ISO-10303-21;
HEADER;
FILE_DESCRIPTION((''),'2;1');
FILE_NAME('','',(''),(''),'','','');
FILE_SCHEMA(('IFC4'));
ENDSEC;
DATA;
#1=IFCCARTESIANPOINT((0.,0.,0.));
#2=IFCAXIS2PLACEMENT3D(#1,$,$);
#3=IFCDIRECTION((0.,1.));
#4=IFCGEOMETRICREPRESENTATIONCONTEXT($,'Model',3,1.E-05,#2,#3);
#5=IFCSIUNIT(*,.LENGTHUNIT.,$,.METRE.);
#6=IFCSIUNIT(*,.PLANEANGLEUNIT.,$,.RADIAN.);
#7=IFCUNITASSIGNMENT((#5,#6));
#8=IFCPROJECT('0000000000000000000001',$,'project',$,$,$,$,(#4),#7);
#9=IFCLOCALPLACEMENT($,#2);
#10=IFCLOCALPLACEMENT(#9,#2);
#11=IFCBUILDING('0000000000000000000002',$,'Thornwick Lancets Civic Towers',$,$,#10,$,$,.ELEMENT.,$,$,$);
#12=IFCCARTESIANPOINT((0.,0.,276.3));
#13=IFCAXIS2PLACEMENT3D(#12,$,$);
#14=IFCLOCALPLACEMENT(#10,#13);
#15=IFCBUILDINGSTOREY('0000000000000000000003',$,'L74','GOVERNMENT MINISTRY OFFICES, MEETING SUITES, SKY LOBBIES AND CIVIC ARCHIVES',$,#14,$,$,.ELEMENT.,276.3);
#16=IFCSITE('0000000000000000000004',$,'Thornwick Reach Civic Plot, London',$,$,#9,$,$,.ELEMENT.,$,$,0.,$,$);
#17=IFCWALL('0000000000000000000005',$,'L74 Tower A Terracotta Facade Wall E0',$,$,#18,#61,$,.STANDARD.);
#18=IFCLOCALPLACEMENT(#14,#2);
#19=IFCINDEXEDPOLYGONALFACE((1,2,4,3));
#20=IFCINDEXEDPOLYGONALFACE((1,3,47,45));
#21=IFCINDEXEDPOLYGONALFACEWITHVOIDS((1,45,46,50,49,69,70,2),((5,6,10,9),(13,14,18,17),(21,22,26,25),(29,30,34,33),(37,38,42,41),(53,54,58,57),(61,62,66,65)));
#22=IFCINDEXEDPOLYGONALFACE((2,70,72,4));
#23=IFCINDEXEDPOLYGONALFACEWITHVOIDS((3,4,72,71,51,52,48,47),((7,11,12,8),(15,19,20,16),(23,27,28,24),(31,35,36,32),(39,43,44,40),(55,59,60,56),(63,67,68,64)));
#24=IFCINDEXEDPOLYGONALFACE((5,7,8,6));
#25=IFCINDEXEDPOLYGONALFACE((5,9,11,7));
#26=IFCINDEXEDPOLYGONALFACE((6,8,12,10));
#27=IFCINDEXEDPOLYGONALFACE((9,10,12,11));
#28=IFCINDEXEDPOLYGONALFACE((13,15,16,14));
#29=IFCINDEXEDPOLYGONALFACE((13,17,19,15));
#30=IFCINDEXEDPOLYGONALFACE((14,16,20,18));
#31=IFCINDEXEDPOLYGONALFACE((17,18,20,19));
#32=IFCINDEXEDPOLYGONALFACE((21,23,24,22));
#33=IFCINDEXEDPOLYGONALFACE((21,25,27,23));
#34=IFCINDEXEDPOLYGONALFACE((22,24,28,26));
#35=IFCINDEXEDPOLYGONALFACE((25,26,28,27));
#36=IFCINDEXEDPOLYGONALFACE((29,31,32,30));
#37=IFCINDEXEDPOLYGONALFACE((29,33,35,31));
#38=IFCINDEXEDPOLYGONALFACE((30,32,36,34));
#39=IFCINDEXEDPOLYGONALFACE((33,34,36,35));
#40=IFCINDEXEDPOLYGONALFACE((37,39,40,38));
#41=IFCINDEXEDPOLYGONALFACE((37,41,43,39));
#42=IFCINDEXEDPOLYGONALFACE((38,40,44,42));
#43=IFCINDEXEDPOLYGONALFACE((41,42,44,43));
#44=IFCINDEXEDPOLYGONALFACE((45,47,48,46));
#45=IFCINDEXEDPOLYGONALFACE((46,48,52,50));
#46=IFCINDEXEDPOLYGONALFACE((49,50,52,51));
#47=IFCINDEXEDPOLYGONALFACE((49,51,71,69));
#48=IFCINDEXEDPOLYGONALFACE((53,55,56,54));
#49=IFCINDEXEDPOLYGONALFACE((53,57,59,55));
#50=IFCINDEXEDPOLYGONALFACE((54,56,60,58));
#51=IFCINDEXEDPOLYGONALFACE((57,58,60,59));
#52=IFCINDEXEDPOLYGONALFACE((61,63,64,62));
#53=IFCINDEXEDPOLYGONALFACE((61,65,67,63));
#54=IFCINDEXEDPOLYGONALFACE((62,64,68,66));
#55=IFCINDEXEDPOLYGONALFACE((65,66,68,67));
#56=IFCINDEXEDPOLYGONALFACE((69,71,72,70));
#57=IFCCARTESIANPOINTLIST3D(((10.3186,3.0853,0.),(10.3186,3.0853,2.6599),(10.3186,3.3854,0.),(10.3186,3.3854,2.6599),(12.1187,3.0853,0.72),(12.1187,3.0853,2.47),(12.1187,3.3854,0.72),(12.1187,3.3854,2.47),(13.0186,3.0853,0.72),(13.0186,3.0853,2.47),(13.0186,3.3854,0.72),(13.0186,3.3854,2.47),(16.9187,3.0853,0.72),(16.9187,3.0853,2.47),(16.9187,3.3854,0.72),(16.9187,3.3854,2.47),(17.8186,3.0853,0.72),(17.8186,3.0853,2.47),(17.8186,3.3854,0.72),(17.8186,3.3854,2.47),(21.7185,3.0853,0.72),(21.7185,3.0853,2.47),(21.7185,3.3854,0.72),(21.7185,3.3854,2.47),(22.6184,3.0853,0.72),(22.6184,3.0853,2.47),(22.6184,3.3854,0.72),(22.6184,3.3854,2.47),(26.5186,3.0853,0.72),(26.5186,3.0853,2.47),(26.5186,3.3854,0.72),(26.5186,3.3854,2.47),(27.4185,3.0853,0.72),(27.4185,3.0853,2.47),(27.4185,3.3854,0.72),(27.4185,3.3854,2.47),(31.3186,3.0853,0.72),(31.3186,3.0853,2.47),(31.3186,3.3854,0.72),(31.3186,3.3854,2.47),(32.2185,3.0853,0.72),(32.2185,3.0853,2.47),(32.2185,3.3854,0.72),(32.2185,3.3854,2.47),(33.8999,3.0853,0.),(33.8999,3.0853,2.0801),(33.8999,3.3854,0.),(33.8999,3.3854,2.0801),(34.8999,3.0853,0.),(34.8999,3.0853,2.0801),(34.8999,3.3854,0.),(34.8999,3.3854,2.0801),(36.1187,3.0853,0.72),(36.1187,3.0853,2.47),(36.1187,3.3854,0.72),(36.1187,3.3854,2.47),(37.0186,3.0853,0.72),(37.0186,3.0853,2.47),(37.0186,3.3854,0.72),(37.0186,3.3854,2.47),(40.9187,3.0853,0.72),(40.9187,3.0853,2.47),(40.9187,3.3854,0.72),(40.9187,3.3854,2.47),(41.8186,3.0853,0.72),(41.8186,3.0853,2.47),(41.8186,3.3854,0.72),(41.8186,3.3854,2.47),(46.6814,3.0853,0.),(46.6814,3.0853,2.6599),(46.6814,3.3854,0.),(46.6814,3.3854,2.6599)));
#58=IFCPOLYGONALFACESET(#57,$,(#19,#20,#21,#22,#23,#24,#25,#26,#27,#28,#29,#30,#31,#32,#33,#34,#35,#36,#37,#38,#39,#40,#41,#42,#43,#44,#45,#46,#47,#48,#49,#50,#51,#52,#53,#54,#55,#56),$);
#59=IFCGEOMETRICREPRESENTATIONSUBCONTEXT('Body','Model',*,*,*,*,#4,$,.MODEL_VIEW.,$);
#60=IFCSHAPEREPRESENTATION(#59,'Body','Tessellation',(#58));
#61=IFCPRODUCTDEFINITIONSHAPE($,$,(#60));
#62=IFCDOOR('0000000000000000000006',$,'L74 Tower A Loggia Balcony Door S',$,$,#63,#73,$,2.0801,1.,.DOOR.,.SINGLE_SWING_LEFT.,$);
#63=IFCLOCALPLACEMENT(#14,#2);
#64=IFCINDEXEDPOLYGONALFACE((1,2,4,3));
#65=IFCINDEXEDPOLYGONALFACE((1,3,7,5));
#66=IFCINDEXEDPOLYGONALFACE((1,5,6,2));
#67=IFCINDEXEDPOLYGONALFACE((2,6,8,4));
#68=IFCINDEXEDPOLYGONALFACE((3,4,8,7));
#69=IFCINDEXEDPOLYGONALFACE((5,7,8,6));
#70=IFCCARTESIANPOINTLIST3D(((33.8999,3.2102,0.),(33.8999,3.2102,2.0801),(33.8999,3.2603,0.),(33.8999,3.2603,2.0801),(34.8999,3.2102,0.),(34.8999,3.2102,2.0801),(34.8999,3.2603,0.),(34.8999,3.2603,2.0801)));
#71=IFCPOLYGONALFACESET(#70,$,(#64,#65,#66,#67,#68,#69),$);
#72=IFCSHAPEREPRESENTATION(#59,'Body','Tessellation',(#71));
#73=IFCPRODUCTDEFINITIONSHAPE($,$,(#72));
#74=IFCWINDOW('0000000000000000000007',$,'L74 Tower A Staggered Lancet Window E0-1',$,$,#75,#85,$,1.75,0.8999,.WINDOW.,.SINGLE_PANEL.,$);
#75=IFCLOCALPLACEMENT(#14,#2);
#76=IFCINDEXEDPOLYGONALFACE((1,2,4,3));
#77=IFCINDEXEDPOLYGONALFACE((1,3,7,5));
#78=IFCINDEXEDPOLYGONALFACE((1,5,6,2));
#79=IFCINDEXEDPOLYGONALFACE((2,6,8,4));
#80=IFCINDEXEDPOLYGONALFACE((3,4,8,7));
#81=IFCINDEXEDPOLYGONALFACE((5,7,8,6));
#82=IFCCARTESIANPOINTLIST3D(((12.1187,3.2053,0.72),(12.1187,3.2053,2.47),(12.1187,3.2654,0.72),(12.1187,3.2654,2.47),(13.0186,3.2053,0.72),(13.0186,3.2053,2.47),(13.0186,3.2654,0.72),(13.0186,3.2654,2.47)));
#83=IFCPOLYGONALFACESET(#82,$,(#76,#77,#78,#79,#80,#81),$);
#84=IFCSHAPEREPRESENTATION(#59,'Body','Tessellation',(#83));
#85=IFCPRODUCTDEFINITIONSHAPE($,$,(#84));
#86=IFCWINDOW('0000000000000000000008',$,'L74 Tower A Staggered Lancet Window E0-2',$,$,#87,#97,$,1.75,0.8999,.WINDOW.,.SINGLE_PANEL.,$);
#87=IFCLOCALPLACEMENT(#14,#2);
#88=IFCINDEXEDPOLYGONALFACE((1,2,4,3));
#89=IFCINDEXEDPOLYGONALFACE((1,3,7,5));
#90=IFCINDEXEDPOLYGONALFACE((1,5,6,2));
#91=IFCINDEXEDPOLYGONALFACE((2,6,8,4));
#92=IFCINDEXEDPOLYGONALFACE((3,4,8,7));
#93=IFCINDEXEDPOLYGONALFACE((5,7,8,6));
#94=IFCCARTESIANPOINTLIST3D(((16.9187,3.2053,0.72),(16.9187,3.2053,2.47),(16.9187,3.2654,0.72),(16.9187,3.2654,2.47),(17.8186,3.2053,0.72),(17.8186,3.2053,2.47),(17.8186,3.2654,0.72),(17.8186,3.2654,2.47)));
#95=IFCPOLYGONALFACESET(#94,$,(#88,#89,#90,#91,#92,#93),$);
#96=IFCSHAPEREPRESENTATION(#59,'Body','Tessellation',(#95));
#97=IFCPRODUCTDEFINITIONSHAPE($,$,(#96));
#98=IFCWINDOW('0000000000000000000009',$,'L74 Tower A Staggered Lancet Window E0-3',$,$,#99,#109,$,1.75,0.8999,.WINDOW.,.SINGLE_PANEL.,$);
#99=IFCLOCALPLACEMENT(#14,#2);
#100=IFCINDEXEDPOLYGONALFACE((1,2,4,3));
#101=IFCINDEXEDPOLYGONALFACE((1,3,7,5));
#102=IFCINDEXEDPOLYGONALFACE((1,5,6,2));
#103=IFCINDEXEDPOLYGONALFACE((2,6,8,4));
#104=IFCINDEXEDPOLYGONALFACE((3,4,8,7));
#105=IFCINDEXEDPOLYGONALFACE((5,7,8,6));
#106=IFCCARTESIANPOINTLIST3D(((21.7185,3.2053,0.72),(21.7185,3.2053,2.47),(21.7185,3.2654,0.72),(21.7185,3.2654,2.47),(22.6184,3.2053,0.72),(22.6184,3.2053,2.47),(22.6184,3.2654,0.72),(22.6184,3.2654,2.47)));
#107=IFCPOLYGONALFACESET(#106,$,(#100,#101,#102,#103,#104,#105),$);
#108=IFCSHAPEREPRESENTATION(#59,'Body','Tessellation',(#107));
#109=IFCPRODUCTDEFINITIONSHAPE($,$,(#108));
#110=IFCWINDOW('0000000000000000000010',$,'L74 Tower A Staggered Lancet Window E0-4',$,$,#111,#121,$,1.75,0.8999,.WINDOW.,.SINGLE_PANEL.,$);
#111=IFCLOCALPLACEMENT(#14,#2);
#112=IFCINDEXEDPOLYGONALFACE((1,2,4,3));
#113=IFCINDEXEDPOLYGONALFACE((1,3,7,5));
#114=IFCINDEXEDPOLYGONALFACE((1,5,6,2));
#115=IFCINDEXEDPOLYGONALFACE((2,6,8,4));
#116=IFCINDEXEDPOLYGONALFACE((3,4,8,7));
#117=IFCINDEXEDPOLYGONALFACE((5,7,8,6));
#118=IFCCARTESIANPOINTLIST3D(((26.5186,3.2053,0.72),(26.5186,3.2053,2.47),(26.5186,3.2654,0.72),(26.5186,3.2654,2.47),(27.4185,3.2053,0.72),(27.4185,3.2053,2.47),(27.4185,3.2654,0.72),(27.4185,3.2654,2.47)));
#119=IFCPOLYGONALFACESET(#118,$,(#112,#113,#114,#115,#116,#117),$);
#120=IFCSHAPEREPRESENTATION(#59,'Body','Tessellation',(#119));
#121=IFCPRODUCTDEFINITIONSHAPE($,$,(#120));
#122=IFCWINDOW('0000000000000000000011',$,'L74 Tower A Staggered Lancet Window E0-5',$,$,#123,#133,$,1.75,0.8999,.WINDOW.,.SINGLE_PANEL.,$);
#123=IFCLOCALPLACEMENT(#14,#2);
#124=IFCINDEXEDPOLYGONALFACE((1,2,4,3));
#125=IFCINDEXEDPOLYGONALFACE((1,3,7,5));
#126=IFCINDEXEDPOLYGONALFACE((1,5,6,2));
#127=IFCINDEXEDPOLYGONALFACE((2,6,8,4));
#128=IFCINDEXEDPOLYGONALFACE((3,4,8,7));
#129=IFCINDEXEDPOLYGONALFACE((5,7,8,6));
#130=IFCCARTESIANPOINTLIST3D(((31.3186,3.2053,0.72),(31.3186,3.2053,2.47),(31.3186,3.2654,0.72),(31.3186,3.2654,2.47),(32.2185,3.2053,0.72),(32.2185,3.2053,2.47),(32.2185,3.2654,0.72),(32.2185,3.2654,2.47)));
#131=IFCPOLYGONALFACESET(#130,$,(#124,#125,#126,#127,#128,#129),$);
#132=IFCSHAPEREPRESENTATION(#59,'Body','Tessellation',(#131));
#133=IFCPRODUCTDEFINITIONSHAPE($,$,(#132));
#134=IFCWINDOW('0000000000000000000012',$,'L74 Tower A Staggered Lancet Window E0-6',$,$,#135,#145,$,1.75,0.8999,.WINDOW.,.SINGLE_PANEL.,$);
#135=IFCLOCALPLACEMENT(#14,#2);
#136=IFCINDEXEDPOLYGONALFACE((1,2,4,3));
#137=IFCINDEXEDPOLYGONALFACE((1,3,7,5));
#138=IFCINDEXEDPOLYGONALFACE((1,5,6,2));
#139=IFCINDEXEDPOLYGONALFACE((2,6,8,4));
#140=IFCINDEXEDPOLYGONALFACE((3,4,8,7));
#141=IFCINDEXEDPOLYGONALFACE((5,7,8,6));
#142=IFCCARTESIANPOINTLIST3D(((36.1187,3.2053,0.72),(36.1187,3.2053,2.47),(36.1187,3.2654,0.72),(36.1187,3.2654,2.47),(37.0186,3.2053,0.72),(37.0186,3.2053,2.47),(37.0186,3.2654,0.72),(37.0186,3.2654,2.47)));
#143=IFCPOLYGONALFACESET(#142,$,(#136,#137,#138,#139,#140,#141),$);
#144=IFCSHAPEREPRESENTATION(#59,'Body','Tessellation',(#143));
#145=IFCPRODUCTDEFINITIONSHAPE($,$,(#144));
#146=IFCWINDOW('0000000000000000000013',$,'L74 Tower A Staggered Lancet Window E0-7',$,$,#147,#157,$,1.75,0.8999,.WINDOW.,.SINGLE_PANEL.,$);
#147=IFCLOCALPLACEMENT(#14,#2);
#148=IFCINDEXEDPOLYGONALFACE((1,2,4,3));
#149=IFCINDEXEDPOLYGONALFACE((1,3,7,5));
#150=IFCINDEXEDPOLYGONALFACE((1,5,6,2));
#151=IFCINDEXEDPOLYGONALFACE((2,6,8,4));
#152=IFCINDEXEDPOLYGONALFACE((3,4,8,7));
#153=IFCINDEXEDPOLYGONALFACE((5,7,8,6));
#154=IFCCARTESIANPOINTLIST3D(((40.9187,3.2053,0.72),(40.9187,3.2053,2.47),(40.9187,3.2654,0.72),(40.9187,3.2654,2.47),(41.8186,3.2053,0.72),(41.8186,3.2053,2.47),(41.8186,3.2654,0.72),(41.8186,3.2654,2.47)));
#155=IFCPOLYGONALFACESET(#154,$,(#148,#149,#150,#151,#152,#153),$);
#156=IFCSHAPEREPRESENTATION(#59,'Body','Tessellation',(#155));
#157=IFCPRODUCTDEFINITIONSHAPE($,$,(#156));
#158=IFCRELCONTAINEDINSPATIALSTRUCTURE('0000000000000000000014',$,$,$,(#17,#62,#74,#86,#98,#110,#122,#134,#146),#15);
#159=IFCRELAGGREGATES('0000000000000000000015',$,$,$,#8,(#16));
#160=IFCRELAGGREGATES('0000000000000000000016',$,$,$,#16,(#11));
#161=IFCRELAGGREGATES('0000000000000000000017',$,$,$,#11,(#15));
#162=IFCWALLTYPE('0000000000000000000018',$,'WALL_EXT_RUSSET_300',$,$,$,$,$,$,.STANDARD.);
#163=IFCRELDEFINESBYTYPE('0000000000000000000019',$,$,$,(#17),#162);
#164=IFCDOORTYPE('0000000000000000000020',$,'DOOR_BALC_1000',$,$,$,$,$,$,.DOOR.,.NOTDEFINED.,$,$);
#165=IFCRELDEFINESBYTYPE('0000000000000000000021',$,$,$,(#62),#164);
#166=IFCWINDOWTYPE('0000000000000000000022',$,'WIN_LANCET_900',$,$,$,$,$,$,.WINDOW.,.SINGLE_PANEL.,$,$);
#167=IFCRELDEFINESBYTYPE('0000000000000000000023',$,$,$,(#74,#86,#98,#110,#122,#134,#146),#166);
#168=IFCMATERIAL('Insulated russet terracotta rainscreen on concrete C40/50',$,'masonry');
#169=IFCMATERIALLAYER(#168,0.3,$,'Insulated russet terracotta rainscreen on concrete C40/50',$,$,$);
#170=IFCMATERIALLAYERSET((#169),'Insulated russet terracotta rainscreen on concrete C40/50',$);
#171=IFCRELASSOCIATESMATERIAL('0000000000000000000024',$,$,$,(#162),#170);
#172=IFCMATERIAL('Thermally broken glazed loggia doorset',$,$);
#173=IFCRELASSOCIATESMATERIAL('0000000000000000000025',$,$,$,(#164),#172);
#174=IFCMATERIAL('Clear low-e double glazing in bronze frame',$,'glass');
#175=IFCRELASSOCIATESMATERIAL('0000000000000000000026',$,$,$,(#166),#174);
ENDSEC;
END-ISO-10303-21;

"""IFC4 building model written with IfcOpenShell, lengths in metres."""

from ifc_helpers import new_model, si_unit, direction, frame, frame_2d, origin, place, context, subcontext, project, spatial, rectangle, extrude, material, layer, layer_set, type_object, element, fill, save


model = new_model("IFC4")

# Units and contexts
model_context = context("Model", 3, precision=1e-05, world=origin(), true_north=direction((0.0, 1.0)))
body_context = subcontext(model_context, "Body", "Model", "MODEL_VIEW")
ifc_project = project(units=[si_unit("LENGTHUNIT", "METRE"), si_unit("PLANEANGLEUNIT", "RADIAN")], contexts=[model_context])

# Site, building, storey
site_placement = place(None, origin())
site = spatial("IfcSite", under=ifc_project, at=site_placement, Name="Thornwick Reach Civic Plot, London", CompositionType="ELEMENT", RefElevation=0.0)
building_placement = place(site_placement, origin())
building = spatial("IfcBuilding", under=site, at=building_placement, Name="Thornwick Lancets Civic Towers", CompositionType="ELEMENT")
storey_placement = place(building_placement, frame((0.0, 0.0, 276.3)))
storey = spatial("IfcBuildingStorey", under=building, at=storey_placement, Name="L74", Description="GOVERNMENT MINISTRY OFFICES, MEETING SUITES, SKY LOBBIES AND CIVIC ARCHIVES", CompositionType="ELEMENT", Elevation=276.3)

# Wall, openings, door, windows
ifc_material_1 = material(Name="Insulated russet terracotta rainscreen on concrete C40/50", Category="masonry")
ifc_layer_1 = layer(ifc_material_1, 0.3, Name="Insulated russet terracotta rainscreen on concrete C40/50")
ifc_layer_set_1 = layer_set([ifc_layer_1], Name="Insulated russet terracotta rainscreen on concrete C40/50")
wall_type_1 = type_object("IfcWallType", Name="WALL_EXT_RUSSET_300", PredefinedType="STANDARD", material=ifc_layer_set_1)
wall_1_placement = place(storey_placement, frame((10.3186, 3.2354, 0.0), z_axis=(0.0, 0.0, 1.0), x_axis=(1.0, 0.0, 0.0)))
wall_1 = element("IfcWall", 1, at=wall_1_placement, inside=storey, type_object=wall_type_1, Name="L74 Tower A Terracotta Facade Wall E0", PredefinedType="STANDARD", context=body_context, shape_type="SweptSolid", body=[
    extrude(rectangle(XDim=36.3628, YDim=0.3, at=frame_2d((18.1814, 0.0))), origin(), (0.0, 0.0, 1.0), 2.6599),
])
opening_1_placement = place(wall_1_placement, frame((23.5813, 0.0, 0.0)))
opening_1 = element("IfcOpeningElement", 2, at=opening_1_placement, cuts=wall_1, PredefinedType="OPENING", context=body_context, shape_type="SweptSolid", body=[
    extrude(rectangle(XDim=1.0, YDim=2.0801, at=frame_2d((0.5, 1.04))), frame((0.0, 0.1602, 0.0), z_axis=(0.0, -1.0, 0.0), x_axis=(1.0, 0.0, 0.0)), (0.0, 0.0, 1.0), 0.3201),
])
opening_2_placement = place(wall_1_placement, frame((1.8, 0.0, 0.72)))
opening_2 = element("IfcOpeningElement", 3, at=opening_2_placement, cuts=wall_1, PredefinedType="OPENING", context=body_context, shape_type="SweptSolid", body=[
    extrude(rectangle(XDim=0.8999, YDim=1.75, at=frame_2d((0.45, 0.875))), frame((0.0, 0.1602, 0.0), z_axis=(0.0, -1.0, 0.0), x_axis=(1.0, 0.0, 0.0)), (0.0, 0.0, 1.0), 0.3201),
])
opening_3_placement = place(wall_1_placement, frame((6.6001, 0.0, 0.72)))
opening_3 = element("IfcOpeningElement", 4, at=opening_3_placement, cuts=wall_1, PredefinedType="OPENING", context=body_context, shape_type="SweptSolid", body=[
    extrude(rectangle(XDim=0.8999, YDim=1.75, at=frame_2d((0.45, 0.875))), frame((0.0, 0.1602, 0.0), z_axis=(0.0, -1.0, 0.0), x_axis=(1.0, 0.0, 0.0)), (0.0, 0.0, 1.0), 0.3201),
])
opening_4_placement = place(wall_1_placement, frame((11.3999, 0.0, 0.72)))
opening_4 = element("IfcOpeningElement", 5, at=opening_4_placement, cuts=wall_1, PredefinedType="OPENING", context=body_context, shape_type="SweptSolid", body=[
    extrude(rectangle(XDim=0.8999, YDim=1.75, at=frame_2d((0.45, 0.875))), frame((0.0, 0.1602, 0.0), z_axis=(0.0, -1.0, 0.0), x_axis=(1.0, 0.0, 0.0)), (0.0, 0.0, 1.0), 0.3201),
])
opening_5_placement = place(wall_1_placement, frame((16.2, 0.0, 0.72)))
opening_5 = element("IfcOpeningElement", 6, at=opening_5_placement, cuts=wall_1, PredefinedType="OPENING", context=body_context, shape_type="SweptSolid", body=[
    extrude(rectangle(XDim=0.8999, YDim=1.75, at=frame_2d((0.45, 0.875))), frame((0.0, 0.1602, 0.0), z_axis=(0.0, -1.0, 0.0), x_axis=(1.0, 0.0, 0.0)), (0.0, 0.0, 1.0), 0.3201),
])
opening_6_placement = place(wall_1_placement, frame((21.0, 0.0, 0.72)))
opening_6 = element("IfcOpeningElement", 7, at=opening_6_placement, cuts=wall_1, PredefinedType="OPENING", context=body_context, shape_type="SweptSolid", body=[
    extrude(rectangle(XDim=0.8999, YDim=1.75, at=frame_2d((0.45, 0.875))), frame((0.0, 0.1602, 0.0), z_axis=(0.0, -1.0, 0.0), x_axis=(1.0, 0.0, 0.0)), (0.0, 0.0, 1.0), 0.3201),
])
opening_7_placement = place(wall_1_placement, frame((25.8, 0.0, 0.72)))
opening_7 = element("IfcOpeningElement", 8, at=opening_7_placement, cuts=wall_1, PredefinedType="OPENING", context=body_context, shape_type="SweptSolid", body=[
    extrude(rectangle(XDim=0.8999, YDim=1.75, at=frame_2d((0.45, 0.875))), frame((0.0, 0.1602, 0.0), z_axis=(0.0, -1.0, 0.0), x_axis=(1.0, 0.0, 0.0)), (0.0, 0.0, 1.0), 0.3201),
])
opening_8_placement = place(wall_1_placement, frame((30.6001, 0.0, 0.72)))
opening_8 = element("IfcOpeningElement", 9, at=opening_8_placement, cuts=wall_1, PredefinedType="OPENING", context=body_context, shape_type="SweptSolid", body=[
    extrude(rectangle(XDim=0.8999, YDim=1.75, at=frame_2d((0.45, 0.875))), frame((0.0, 0.1602, 0.0), z_axis=(0.0, -1.0, 0.0), x_axis=(1.0, 0.0, 0.0)), (0.0, 0.0, 1.0), 0.3201),
])
ifc_material_2 = material(Name="Thermally broken glazed loggia doorset")
door_type = type_object("IfcDoorType", Name="DOOR_BALC_1000", OperationType="NOTDEFINED", PredefinedType="DOOR", material=ifc_material_2)
door_placement = place(opening_1_placement, origin())
door = element("IfcDoor", 10, at=door_placement, inside=storey, type_object=door_type, Name="L74 Tower A Loggia Balcony Door S", OperationType="SINGLE_SWING_LEFT", OverallHeight=2.0801, OverallWidth=1.0, PredefinedType="DOOR", context=body_context, shape_type="SweptSolid", body=[
    extrude(rectangle(XDim=1.0, YDim=2.0801, at=frame_2d((0.5, 1.04))), frame((0.0, 0.0249, 0.0), z_axis=(0.0, -1.0, 0.0), x_axis=(1.0, 0.0, 0.0)), (0.0, 0.0, 1.0), 0.05),
])
fill(opening_1, door)
ifc_material_3 = material(Name="Clear low-e double glazing in bronze frame", Category="glass")
window_type = type_object("IfcWindowType", Name="WIN_LANCET_900", PartitioningType="SINGLE_PANEL", PredefinedType="WINDOW", material=ifc_material_3)
window_1_placement = place(opening_2_placement, origin())
window_1 = element("IfcWindow", 11, at=window_1_placement, inside=storey, type_object=window_type, Name="L74 Tower A Staggered Lancet Window E0-1", OverallHeight=1.75, OverallWidth=0.8999, PartitioningType="SINGLE_PANEL", PredefinedType="WINDOW", context=body_context, shape_type="SweptSolid", body=[
    extrude(rectangle(XDim=0.8999, YDim=1.75, at=frame_2d((0.45, 0.875))), frame((0.0, 0.03, 0.0), z_axis=(0.0, -1.0, 0.0), x_axis=(1.0, 0.0, 0.0)), (0.0, 0.0, 1.0), 0.0601),
])
fill(opening_2, window_1)
window_2_placement = place(opening_3_placement, origin())
window_2 = element("IfcWindow", 12, at=window_2_placement, inside=storey, type_object=window_type, Name="L74 Tower A Staggered Lancet Window E0-2", OverallHeight=1.75, OverallWidth=0.8999, PartitioningType="SINGLE_PANEL", PredefinedType="WINDOW", context=body_context, shape_type="SweptSolid", body=[
    extrude(rectangle(XDim=0.8999, YDim=1.75, at=frame_2d((0.45, 0.875))), frame((0.0, 0.03, 0.0), z_axis=(0.0, -1.0, 0.0), x_axis=(1.0, 0.0, 0.0)), (0.0, 0.0, 1.0), 0.0601),
])
fill(opening_3, window_2)
window_3_placement = place(opening_4_placement, origin())
window_3 = element("IfcWindow", 13, at=window_3_placement, inside=storey, type_object=window_type, Name="L74 Tower A Staggered Lancet Window E0-3", OverallHeight=1.75, OverallWidth=0.8999, PartitioningType="SINGLE_PANEL", PredefinedType="WINDOW", context=body_context, shape_type="SweptSolid", body=[
    extrude(rectangle(XDim=0.8999, YDim=1.75, at=frame_2d((0.45, 0.875))), frame((0.0, 0.03, 0.0), z_axis=(0.0, -1.0, 0.0), x_axis=(1.0, 0.0, 0.0)), (0.0, 0.0, 1.0), 0.0601),
])
fill(opening_4, window_3)
window_4_placement = place(opening_5_placement, origin())
window_4 = element("IfcWindow", 14, at=window_4_placement, inside=storey, type_object=window_type, Name="L74 Tower A Staggered Lancet Window E0-4", OverallHeight=1.75, OverallWidth=0.8999, PartitioningType="SINGLE_PANEL", PredefinedType="WINDOW", context=body_context, shape_type="SweptSolid", body=[
    extrude(rectangle(XDim=0.8999, YDim=1.75, at=frame_2d((0.45, 0.875))), frame((0.0, 0.03, 0.0), z_axis=(0.0, -1.0, 0.0), x_axis=(1.0, 0.0, 0.0)), (0.0, 0.0, 1.0), 0.0601),
])
fill(opening_5, window_4)
window_5_placement = place(opening_6_placement, origin())
window_5 = element("IfcWindow", 15, at=window_5_placement, inside=storey, type_object=window_type, Name="L74 Tower A Staggered Lancet Window E0-5", OverallHeight=1.75, OverallWidth=0.8999, PartitioningType="SINGLE_PANEL", PredefinedType="WINDOW", context=body_context, shape_type="SweptSolid", body=[
    extrude(rectangle(XDim=0.8999, YDim=1.75, at=frame_2d((0.45, 0.875))), frame((0.0, 0.03, 0.0), z_axis=(0.0, -1.0, 0.0), x_axis=(1.0, 0.0, 0.0)), (0.0, 0.0, 1.0), 0.0601),
])
fill(opening_6, window_5)
window_6_placement = place(opening_7_placement, origin())
window_6 = element("IfcWindow", 16, at=window_6_placement, inside=storey, type_object=window_type, Name="L74 Tower A Staggered Lancet Window E0-6", OverallHeight=1.75, OverallWidth=0.8999, PartitioningType="SINGLE_PANEL", PredefinedType="WINDOW", context=body_context, shape_type="SweptSolid", body=[
    extrude(rectangle(XDim=0.8999, YDim=1.75, at=frame_2d((0.45, 0.875))), frame((0.0, 0.03, 0.0), z_axis=(0.0, -1.0, 0.0), x_axis=(1.0, 0.0, 0.0)), (0.0, 0.0, 1.0), 0.0601),
])
fill(opening_7, window_6)
window_7_placement = place(opening_8_placement, origin())
window_7 = element("IfcWindow", 17, at=window_7_placement, inside=storey, type_object=window_type, Name="L74 Tower A Staggered Lancet Window E0-7", OverallHeight=1.75, OverallWidth=0.8999, PartitioningType="SINGLE_PANEL", PredefinedType="WINDOW", context=body_context, shape_type="SweptSolid", body=[
    extrude(rectangle(XDim=0.8999, YDim=1.75, at=frame_2d((0.45, 0.875))), frame((0.0, 0.03, 0.0), z_axis=(0.0, -1.0, 0.0), x_axis=(1.0, 0.0, 0.0)), (0.0, 0.0, 1.0), 0.0601),
])
fill(opening_8, window_7)

save(model, "model.ifc")
